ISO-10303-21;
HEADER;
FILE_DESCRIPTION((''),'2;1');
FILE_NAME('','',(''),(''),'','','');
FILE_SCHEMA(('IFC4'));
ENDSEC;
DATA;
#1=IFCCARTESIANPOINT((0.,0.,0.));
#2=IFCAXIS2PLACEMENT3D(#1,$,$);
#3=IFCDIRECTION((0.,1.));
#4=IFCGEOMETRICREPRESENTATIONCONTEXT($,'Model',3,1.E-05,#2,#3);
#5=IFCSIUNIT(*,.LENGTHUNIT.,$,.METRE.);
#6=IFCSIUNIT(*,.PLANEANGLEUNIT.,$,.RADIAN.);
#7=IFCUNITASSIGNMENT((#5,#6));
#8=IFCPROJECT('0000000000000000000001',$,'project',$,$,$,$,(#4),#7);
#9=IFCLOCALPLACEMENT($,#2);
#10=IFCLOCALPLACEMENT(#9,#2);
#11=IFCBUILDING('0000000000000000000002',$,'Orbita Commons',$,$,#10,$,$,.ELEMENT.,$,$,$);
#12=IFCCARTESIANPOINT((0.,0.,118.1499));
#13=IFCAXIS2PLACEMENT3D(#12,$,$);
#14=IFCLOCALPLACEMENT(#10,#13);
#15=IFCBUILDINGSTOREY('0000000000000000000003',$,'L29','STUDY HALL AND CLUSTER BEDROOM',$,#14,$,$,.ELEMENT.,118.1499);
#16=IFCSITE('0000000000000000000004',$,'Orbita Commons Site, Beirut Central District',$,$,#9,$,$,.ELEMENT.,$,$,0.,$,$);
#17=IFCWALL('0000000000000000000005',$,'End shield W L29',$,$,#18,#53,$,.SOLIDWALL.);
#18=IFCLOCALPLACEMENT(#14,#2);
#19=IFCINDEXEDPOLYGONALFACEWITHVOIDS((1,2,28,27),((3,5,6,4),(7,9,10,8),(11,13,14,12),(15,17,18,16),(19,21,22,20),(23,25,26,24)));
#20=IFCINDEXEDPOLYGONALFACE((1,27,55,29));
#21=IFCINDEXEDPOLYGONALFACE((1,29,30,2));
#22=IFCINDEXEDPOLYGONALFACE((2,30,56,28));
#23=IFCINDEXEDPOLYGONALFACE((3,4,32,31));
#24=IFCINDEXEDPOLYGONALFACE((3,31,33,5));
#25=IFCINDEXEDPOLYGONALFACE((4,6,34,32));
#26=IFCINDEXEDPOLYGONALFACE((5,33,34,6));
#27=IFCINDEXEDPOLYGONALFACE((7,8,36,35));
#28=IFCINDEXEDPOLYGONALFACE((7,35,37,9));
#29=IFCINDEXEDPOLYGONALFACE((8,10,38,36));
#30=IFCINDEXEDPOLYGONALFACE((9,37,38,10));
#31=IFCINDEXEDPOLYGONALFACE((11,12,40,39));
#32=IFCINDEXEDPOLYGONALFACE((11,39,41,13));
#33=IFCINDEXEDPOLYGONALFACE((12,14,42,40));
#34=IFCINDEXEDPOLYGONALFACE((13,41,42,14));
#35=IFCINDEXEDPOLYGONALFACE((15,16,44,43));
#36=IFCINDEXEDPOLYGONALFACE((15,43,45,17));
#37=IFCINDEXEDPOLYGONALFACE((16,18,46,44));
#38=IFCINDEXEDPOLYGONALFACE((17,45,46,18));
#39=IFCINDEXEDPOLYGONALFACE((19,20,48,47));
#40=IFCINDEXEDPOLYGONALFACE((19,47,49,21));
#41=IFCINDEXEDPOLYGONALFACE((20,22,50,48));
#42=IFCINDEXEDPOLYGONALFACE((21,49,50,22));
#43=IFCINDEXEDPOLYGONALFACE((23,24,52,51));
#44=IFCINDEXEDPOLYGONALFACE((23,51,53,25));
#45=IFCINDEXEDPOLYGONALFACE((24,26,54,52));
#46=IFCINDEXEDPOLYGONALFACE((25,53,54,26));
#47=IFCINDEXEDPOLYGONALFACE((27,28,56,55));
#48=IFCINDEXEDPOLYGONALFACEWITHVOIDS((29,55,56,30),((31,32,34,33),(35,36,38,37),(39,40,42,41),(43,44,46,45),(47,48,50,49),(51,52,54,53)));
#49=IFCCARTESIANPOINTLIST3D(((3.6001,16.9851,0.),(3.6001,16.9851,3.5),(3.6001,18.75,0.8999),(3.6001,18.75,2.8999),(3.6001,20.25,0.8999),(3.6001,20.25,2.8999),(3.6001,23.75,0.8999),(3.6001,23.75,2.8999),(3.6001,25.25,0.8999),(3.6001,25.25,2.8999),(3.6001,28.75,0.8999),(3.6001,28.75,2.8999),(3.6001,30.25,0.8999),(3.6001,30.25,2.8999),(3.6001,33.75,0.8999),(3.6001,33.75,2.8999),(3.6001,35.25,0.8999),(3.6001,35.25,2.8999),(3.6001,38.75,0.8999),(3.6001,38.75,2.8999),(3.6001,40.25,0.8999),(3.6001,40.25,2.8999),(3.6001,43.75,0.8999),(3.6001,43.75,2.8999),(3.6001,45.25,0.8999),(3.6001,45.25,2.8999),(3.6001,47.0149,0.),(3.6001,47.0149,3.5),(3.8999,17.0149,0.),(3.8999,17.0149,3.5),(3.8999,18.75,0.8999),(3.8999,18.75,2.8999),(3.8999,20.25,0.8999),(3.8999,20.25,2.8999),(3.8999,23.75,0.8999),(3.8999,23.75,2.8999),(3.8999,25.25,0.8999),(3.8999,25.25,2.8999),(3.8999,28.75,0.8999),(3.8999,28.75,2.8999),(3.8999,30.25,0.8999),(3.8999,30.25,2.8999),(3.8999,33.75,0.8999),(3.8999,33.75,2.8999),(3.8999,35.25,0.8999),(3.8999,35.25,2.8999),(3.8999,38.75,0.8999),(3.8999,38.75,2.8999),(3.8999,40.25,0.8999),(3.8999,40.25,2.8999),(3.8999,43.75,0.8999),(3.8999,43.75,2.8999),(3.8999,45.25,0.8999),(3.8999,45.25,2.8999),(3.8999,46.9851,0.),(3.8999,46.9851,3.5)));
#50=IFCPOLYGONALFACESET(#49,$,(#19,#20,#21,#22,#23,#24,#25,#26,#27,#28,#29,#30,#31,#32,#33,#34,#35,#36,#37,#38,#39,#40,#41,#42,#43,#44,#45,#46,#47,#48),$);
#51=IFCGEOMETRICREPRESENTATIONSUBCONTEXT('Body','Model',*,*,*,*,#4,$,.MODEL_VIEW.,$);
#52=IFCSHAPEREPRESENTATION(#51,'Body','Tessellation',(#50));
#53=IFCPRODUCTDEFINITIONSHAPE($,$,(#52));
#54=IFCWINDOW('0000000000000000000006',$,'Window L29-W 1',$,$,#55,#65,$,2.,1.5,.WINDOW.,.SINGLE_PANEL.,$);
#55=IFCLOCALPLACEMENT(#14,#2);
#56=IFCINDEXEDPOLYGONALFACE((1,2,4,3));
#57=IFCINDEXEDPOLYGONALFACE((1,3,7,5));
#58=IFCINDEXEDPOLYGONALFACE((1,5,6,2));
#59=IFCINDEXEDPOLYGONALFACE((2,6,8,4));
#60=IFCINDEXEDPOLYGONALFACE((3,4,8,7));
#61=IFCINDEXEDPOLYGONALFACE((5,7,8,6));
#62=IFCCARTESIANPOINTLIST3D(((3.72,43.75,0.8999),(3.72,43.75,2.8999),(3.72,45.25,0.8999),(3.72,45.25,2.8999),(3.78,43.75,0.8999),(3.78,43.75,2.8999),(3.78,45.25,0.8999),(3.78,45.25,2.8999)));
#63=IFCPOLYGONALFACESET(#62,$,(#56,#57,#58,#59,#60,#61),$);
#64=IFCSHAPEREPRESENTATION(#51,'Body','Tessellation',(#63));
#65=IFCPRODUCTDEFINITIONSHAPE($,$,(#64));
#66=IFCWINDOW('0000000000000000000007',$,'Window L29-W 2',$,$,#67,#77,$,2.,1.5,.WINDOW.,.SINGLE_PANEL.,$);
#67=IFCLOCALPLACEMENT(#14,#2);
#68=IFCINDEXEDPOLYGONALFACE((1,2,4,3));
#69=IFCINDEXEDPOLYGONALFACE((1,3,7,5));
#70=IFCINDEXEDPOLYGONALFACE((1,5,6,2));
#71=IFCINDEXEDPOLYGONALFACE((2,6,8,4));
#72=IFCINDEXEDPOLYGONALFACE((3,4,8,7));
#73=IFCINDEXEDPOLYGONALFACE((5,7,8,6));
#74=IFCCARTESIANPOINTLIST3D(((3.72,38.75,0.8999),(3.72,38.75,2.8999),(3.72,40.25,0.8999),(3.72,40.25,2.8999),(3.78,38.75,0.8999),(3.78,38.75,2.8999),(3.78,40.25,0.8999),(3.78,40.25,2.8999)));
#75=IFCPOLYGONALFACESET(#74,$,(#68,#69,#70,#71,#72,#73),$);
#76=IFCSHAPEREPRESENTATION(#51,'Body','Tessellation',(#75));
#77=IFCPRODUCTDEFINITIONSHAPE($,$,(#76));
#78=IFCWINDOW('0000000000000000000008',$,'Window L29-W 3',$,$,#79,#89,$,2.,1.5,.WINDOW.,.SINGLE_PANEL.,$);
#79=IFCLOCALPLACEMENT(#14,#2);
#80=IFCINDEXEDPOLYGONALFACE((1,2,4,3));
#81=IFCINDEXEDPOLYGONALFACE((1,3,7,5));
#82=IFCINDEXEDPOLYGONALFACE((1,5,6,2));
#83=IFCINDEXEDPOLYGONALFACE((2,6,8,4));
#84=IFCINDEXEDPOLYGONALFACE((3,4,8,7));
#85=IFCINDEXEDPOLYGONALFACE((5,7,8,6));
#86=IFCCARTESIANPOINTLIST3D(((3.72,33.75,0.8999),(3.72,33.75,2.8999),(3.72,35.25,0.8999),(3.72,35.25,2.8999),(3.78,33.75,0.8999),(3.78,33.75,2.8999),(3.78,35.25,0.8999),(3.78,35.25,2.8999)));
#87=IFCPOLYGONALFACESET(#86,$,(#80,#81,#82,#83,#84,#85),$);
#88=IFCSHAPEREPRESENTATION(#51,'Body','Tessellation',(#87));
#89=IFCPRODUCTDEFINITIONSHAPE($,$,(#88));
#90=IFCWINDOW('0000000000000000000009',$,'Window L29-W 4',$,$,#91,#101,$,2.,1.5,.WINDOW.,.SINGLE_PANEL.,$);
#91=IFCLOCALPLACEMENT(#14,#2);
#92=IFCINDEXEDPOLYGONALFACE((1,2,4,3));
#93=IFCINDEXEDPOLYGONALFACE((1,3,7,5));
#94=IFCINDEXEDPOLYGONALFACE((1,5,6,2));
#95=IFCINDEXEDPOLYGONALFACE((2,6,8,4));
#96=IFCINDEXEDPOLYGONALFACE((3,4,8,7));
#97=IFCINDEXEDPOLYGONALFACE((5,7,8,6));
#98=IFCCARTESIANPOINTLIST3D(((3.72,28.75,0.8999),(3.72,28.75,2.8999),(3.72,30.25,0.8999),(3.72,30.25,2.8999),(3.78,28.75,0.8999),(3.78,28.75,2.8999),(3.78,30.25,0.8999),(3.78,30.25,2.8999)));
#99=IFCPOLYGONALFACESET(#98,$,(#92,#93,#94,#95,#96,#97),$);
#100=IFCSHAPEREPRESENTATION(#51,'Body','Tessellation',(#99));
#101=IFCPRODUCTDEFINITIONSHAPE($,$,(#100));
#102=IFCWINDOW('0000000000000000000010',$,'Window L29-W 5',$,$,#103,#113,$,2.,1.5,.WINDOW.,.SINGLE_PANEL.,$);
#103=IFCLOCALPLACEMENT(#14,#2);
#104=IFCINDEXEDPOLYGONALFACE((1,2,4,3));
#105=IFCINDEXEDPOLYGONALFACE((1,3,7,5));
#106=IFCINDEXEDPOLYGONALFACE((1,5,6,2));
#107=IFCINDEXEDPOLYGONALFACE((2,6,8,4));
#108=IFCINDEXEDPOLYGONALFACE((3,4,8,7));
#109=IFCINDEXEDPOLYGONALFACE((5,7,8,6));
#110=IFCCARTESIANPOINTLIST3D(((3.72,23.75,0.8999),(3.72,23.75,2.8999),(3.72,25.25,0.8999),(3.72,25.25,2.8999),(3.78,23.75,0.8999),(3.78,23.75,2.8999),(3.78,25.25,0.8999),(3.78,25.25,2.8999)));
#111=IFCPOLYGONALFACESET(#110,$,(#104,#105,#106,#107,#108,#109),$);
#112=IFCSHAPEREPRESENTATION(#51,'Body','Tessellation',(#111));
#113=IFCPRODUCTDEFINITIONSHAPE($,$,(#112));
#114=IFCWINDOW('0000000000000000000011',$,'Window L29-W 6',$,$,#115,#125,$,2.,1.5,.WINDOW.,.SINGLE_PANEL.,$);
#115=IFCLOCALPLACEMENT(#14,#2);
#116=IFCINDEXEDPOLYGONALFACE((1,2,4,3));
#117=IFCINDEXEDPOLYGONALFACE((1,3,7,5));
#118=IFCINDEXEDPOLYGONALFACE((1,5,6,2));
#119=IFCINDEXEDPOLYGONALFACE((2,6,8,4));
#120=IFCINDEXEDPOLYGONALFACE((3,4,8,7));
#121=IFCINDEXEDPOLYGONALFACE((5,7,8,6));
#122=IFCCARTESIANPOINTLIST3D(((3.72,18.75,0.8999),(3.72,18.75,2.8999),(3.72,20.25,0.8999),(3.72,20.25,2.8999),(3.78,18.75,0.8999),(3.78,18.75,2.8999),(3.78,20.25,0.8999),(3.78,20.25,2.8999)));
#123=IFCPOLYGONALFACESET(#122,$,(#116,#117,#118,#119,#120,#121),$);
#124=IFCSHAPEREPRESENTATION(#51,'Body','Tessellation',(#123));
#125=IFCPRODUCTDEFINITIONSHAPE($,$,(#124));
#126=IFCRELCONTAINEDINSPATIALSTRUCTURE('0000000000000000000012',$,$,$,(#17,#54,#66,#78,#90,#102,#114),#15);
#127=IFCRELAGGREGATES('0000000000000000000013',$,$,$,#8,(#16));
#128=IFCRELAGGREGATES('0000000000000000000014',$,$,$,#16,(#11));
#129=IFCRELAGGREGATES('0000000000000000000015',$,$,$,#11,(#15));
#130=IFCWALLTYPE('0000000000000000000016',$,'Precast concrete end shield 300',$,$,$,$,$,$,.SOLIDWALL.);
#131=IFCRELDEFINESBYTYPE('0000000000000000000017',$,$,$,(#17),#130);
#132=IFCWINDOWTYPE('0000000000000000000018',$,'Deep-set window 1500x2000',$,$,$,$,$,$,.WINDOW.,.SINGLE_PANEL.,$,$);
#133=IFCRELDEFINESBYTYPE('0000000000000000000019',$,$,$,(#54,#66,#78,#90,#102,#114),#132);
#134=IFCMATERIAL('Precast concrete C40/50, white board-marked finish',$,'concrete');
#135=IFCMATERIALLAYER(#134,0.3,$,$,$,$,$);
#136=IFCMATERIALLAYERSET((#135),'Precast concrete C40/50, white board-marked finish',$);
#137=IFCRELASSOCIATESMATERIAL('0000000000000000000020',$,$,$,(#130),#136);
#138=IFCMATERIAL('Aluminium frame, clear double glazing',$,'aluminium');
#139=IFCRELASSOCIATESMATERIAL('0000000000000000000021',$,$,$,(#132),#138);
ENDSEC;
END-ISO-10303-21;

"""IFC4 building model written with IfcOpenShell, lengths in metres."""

from ifc_helpers import new_model, si_unit, direction, frame, frame_2d, origin, place, context, subcontext, project, spatial, polyline, rectangle, outline, extrude, material, layer, layer_set, type_object, element, fill, save


model = new_model("IFC4")

# Units and contexts
model_context = context("Model", 3, precision=1e-05, world=origin(), true_north=direction((0.0, 1.0)))
body_context = subcontext(model_context, "Body", "Model", "MODEL_VIEW")
ifc_project = project(units=[si_unit("LENGTHUNIT", "METRE"), si_unit("PLANEANGLEUNIT", "RADIAN")], contexts=[model_context])

# Site, building, storey
site_placement = place(None, origin())
site = spatial("IfcSite", under=ifc_project, at=site_placement, Name="Orbita Commons Site, Beirut Central District", CompositionType="ELEMENT", RefElevation=0.0)
building_placement = place(site_placement, origin())
building = spatial("IfcBuilding", under=site, at=building_placement, Name="Orbita Commons", CompositionType="ELEMENT")
storey_placement = place(building_placement, frame((0.0, 0.0, 118.1499)))
storey = spatial("IfcBuildingStorey", under=building, at=storey_placement, Name="L29", Description="STUDY HALL AND CLUSTER BEDROOM", CompositionType="ELEMENT", Elevation=118.1499)

# Wall, openings, windows
ifc_material_1 = material(Name="Precast concrete C40/50, white board-marked finish", Category="concrete")
ifc_layer_1 = layer(ifc_material_1, 0.3)
ifc_layer_set_1 = layer_set([ifc_layer_1], Name="Precast concrete C40/50, white board-marked finish")
wall_type_1 = type_object("IfcWallType", Name="Precast concrete end shield 300", PredefinedType="SOLIDWALL", material=ifc_layer_set_1)
wall_1_placement = place(storey_placement, frame((3.75, 47.0, 0.0), z_axis=(0.0, 0.0, 1.0), x_axis=(0.0, -1.0, 0.0)))
wall_1 = element("IfcWall", 1, at=wall_1_placement, inside=storey, type_object=wall_type_1, Name="End shield W L29", PredefinedType="SOLIDWALL", context=body_context, shape_type="SweptSolid", body=[
    extrude(outline(polyline([(-0.0149, -0.1499), (30.0149, -0.1499), (29.9851, 0.1499), (0.0149, 0.1499), (-0.0149, -0.1499)])), origin(), (0.0, 0.0, 1.0), 3.5),
])
opening_1_placement = place(wall_1_placement, frame((1.75, 0.0, 0.8999)))
opening_1 = element("IfcOpeningElement", 2, at=opening_1_placement, cuts=wall_1, PredefinedType="OPENING", context=body_context, shape_type="SweptSolid", body=[
    extrude(rectangle(XDim=1.5, YDim=2.0, at=frame_2d((0.75, 1.0))), frame((0.0, 0.1599, 0.0), z_axis=(0.0, -1.0, 0.0), x_axis=(1.0, 0.0, 0.0)), (0.0, 0.0, 1.0), 0.3201),
])
opening_2_placement = place(wall_1_placement, frame((6.75, 0.0, 0.8999)))
opening_2 = element("IfcOpeningElement", 3, at=opening_2_placement, cuts=wall_1, PredefinedType="OPENING", context=body_context, shape_type="SweptSolid", body=[
    extrude(rectangle(XDim=1.5, YDim=2.0, at=frame_2d((0.75, 1.0))), frame((0.0, 0.1599, 0.0), z_axis=(0.0, -1.0, 0.0), x_axis=(1.0, 0.0, 0.0)), (0.0, 0.0, 1.0), 0.3201),
])
opening_3_placement = place(wall_1_placement, frame((11.75, 0.0, 0.8999)))
opening_3 = element("IfcOpeningElement", 4, at=opening_3_placement, cuts=wall_1, PredefinedType="OPENING", context=body_context, shape_type="SweptSolid", body=[
    extrude(rectangle(XDim=1.5, YDim=2.0, at=frame_2d((0.75, 1.0))), frame((0.0, 0.1599, 0.0), z_axis=(0.0, -1.0, 0.0), x_axis=(1.0, 0.0, 0.0)), (0.0, 0.0, 1.0), 0.3201),
])
opening_4_placement = place(wall_1_placement, frame((16.75, 0.0, 0.8999)))
opening_4 = element("IfcOpeningElement", 5, at=opening_4_placement, cuts=wall_1, PredefinedType="OPENING", context=body_context, shape_type="SweptSolid", body=[
    extrude(rectangle(XDim=1.5, YDim=2.0, at=frame_2d((0.75, 1.0))), frame((0.0, 0.1599, 0.0), z_axis=(0.0, -1.0, 0.0), x_axis=(1.0, 0.0, 0.0)), (0.0, 0.0, 1.0), 0.3201),
])
opening_5_placement = place(wall_1_placement, frame((21.75, 0.0, 0.8999)))
opening_5 = element("IfcOpeningElement", 6, at=opening_5_placement, cuts=wall_1, PredefinedType="OPENING", context=body_context, shape_type="SweptSolid", body=[
    extrude(rectangle(XDim=1.5, YDim=2.0, at=frame_2d((0.75, 1.0))), frame((0.0, 0.1599, 0.0), z_axis=(0.0, -1.0, 0.0), x_axis=(1.0, 0.0, 0.0)), (0.0, 0.0, 1.0), 0.3201),
])
opening_6_placement = place(wall_1_placement, frame((26.75, 0.0, 0.8999)))
opening_6 = element("IfcOpeningElement", 7, at=opening_6_placement, cuts=wall_1, PredefinedType="OPENING", context=body_context, shape_type="SweptSolid", body=[
    extrude(rectangle(XDim=1.5, YDim=2.0, at=frame_2d((0.75, 1.0))), frame((0.0, 0.1599, 0.0), z_axis=(0.0, -1.0, 0.0), x_axis=(1.0, 0.0, 0.0)), (0.0, 0.0, 1.0), 0.3201),
])
ifc_material_2 = material(Name="Aluminium frame, clear double glazing", Category="aluminium")
window_type = type_object("IfcWindowType", Name="Deep-set window 1500x2000", PartitioningType="SINGLE_PANEL", PredefinedType="WINDOW", material=ifc_material_2)
window_1_placement = place(opening_1_placement, origin())
window_1 = element("IfcWindow", 8, at=window_1_placement, inside=storey, type_object=window_type, Name="Window L29-W 1", OverallHeight=2.0, OverallWidth=1.5, PartitioningType="SINGLE_PANEL", PredefinedType="WINDOW", context=body_context, shape_type="SweptSolid", body=[
    extrude(rectangle(XDim=1.5, YDim=2.0, at=frame_2d((0.75, 1.0))), frame((0.0, 0.03, 0.0), z_axis=(0.0, -1.0, 0.0), x_axis=(1.0, 0.0, 0.0)), (0.0, 0.0, 1.0), 0.0601),
])
fill(opening_1, window_1)
window_2_placement = place(opening_2_placement, origin())
window_2 = element("IfcWindow", 9, at=window_2_placement, inside=storey, type_object=window_type, Name="Window L29-W 2", OverallHeight=2.0, OverallWidth=1.5, PartitioningType="SINGLE_PANEL", PredefinedType="WINDOW", context=body_context, shape_type="SweptSolid", body=[
    extrude(rectangle(XDim=1.5, YDim=2.0, at=frame_2d((0.75, 1.0))), frame((0.0, 0.03, 0.0), z_axis=(0.0, -1.0, 0.0), x_axis=(1.0, 0.0, 0.0)), (0.0, 0.0, 1.0), 0.0601),
])
fill(opening_2, window_2)
window_3_placement = place(opening_3_placement, origin())
window_3 = element("IfcWindow", 10, at=window_3_placement, inside=storey, type_object=window_type, Name="Window L29-W 3", OverallHeight=2.0, OverallWidth=1.5, PartitioningType="SINGLE_PANEL", PredefinedType="WINDOW", context=body_context, shape_type="SweptSolid", body=[
    extrude(rectangle(XDim=1.5, YDim=2.0, at=frame_2d((0.75, 1.0))), frame((0.0, 0.03, 0.0), z_axis=(0.0, -1.0, 0.0), x_axis=(1.0, 0.0, 0.0)), (0.0, 0.0, 1.0), 0.0601),
])
fill(opening_3, window_3)
window_4_placement = place(opening_4_placement, origin())
window_4 = element("IfcWindow", 11, at=window_4_placement, inside=storey, type_object=window_type, Name="Window L29-W 4", OverallHeight=2.0, OverallWidth=1.5, PartitioningType="SINGLE_PANEL", PredefinedType="WINDOW", context=body_context, shape_type="SweptSolid", body=[
    extrude(rectangle(XDim=1.5, YDim=2.0, at=frame_2d((0.75, 1.0))), frame((0.0, 0.03, 0.0), z_axis=(0.0, -1.0, 0.0), x_axis=(1.0, 0.0, 0.0)), (0.0, 0.0, 1.0), 0.0601),
])
fill(opening_4, window_4)
window_5_placement = place(opening_5_placement, origin())
window_5 = element("IfcWindow", 12, at=window_5_placement, inside=storey, type_object=window_type, Name="Window L29-W 5", OverallHeight=2.0, OverallWidth=1.5, PartitioningType="SINGLE_PANEL", PredefinedType="WINDOW", context=body_context, shape_type="SweptSolid", body=[
    extrude(rectangle(XDim=1.5, YDim=2.0, at=frame_2d((0.75, 1.0))), frame((0.0, 0.03, 0.0), z_axis=(0.0, -1.0, 0.0), x_axis=(1.0, 0.0, 0.0)), (0.0, 0.0, 1.0), 0.0601),
])
fill(opening_5, window_5)
window_6_placement = place(opening_6_placement, origin())
window_6 = element("IfcWindow", 13, at=window_6_placement, inside=storey, type_object=window_type, Name="Window L29-W 6", OverallHeight=2.0, OverallWidth=1.5, PartitioningType="SINGLE_PANEL", PredefinedType="WINDOW", context=body_context, shape_type="SweptSolid", body=[
    extrude(rectangle(XDim=1.5, YDim=2.0, at=frame_2d((0.75, 1.0))), frame((0.0, 0.03, 0.0), z_axis=(0.0, -1.0, 0.0), x_axis=(1.0, 0.0, 0.0)), (0.0, 0.0, 1.0), 0.0601),
])
fill(opening_6, window_6)

save(model, "model.ifc")
